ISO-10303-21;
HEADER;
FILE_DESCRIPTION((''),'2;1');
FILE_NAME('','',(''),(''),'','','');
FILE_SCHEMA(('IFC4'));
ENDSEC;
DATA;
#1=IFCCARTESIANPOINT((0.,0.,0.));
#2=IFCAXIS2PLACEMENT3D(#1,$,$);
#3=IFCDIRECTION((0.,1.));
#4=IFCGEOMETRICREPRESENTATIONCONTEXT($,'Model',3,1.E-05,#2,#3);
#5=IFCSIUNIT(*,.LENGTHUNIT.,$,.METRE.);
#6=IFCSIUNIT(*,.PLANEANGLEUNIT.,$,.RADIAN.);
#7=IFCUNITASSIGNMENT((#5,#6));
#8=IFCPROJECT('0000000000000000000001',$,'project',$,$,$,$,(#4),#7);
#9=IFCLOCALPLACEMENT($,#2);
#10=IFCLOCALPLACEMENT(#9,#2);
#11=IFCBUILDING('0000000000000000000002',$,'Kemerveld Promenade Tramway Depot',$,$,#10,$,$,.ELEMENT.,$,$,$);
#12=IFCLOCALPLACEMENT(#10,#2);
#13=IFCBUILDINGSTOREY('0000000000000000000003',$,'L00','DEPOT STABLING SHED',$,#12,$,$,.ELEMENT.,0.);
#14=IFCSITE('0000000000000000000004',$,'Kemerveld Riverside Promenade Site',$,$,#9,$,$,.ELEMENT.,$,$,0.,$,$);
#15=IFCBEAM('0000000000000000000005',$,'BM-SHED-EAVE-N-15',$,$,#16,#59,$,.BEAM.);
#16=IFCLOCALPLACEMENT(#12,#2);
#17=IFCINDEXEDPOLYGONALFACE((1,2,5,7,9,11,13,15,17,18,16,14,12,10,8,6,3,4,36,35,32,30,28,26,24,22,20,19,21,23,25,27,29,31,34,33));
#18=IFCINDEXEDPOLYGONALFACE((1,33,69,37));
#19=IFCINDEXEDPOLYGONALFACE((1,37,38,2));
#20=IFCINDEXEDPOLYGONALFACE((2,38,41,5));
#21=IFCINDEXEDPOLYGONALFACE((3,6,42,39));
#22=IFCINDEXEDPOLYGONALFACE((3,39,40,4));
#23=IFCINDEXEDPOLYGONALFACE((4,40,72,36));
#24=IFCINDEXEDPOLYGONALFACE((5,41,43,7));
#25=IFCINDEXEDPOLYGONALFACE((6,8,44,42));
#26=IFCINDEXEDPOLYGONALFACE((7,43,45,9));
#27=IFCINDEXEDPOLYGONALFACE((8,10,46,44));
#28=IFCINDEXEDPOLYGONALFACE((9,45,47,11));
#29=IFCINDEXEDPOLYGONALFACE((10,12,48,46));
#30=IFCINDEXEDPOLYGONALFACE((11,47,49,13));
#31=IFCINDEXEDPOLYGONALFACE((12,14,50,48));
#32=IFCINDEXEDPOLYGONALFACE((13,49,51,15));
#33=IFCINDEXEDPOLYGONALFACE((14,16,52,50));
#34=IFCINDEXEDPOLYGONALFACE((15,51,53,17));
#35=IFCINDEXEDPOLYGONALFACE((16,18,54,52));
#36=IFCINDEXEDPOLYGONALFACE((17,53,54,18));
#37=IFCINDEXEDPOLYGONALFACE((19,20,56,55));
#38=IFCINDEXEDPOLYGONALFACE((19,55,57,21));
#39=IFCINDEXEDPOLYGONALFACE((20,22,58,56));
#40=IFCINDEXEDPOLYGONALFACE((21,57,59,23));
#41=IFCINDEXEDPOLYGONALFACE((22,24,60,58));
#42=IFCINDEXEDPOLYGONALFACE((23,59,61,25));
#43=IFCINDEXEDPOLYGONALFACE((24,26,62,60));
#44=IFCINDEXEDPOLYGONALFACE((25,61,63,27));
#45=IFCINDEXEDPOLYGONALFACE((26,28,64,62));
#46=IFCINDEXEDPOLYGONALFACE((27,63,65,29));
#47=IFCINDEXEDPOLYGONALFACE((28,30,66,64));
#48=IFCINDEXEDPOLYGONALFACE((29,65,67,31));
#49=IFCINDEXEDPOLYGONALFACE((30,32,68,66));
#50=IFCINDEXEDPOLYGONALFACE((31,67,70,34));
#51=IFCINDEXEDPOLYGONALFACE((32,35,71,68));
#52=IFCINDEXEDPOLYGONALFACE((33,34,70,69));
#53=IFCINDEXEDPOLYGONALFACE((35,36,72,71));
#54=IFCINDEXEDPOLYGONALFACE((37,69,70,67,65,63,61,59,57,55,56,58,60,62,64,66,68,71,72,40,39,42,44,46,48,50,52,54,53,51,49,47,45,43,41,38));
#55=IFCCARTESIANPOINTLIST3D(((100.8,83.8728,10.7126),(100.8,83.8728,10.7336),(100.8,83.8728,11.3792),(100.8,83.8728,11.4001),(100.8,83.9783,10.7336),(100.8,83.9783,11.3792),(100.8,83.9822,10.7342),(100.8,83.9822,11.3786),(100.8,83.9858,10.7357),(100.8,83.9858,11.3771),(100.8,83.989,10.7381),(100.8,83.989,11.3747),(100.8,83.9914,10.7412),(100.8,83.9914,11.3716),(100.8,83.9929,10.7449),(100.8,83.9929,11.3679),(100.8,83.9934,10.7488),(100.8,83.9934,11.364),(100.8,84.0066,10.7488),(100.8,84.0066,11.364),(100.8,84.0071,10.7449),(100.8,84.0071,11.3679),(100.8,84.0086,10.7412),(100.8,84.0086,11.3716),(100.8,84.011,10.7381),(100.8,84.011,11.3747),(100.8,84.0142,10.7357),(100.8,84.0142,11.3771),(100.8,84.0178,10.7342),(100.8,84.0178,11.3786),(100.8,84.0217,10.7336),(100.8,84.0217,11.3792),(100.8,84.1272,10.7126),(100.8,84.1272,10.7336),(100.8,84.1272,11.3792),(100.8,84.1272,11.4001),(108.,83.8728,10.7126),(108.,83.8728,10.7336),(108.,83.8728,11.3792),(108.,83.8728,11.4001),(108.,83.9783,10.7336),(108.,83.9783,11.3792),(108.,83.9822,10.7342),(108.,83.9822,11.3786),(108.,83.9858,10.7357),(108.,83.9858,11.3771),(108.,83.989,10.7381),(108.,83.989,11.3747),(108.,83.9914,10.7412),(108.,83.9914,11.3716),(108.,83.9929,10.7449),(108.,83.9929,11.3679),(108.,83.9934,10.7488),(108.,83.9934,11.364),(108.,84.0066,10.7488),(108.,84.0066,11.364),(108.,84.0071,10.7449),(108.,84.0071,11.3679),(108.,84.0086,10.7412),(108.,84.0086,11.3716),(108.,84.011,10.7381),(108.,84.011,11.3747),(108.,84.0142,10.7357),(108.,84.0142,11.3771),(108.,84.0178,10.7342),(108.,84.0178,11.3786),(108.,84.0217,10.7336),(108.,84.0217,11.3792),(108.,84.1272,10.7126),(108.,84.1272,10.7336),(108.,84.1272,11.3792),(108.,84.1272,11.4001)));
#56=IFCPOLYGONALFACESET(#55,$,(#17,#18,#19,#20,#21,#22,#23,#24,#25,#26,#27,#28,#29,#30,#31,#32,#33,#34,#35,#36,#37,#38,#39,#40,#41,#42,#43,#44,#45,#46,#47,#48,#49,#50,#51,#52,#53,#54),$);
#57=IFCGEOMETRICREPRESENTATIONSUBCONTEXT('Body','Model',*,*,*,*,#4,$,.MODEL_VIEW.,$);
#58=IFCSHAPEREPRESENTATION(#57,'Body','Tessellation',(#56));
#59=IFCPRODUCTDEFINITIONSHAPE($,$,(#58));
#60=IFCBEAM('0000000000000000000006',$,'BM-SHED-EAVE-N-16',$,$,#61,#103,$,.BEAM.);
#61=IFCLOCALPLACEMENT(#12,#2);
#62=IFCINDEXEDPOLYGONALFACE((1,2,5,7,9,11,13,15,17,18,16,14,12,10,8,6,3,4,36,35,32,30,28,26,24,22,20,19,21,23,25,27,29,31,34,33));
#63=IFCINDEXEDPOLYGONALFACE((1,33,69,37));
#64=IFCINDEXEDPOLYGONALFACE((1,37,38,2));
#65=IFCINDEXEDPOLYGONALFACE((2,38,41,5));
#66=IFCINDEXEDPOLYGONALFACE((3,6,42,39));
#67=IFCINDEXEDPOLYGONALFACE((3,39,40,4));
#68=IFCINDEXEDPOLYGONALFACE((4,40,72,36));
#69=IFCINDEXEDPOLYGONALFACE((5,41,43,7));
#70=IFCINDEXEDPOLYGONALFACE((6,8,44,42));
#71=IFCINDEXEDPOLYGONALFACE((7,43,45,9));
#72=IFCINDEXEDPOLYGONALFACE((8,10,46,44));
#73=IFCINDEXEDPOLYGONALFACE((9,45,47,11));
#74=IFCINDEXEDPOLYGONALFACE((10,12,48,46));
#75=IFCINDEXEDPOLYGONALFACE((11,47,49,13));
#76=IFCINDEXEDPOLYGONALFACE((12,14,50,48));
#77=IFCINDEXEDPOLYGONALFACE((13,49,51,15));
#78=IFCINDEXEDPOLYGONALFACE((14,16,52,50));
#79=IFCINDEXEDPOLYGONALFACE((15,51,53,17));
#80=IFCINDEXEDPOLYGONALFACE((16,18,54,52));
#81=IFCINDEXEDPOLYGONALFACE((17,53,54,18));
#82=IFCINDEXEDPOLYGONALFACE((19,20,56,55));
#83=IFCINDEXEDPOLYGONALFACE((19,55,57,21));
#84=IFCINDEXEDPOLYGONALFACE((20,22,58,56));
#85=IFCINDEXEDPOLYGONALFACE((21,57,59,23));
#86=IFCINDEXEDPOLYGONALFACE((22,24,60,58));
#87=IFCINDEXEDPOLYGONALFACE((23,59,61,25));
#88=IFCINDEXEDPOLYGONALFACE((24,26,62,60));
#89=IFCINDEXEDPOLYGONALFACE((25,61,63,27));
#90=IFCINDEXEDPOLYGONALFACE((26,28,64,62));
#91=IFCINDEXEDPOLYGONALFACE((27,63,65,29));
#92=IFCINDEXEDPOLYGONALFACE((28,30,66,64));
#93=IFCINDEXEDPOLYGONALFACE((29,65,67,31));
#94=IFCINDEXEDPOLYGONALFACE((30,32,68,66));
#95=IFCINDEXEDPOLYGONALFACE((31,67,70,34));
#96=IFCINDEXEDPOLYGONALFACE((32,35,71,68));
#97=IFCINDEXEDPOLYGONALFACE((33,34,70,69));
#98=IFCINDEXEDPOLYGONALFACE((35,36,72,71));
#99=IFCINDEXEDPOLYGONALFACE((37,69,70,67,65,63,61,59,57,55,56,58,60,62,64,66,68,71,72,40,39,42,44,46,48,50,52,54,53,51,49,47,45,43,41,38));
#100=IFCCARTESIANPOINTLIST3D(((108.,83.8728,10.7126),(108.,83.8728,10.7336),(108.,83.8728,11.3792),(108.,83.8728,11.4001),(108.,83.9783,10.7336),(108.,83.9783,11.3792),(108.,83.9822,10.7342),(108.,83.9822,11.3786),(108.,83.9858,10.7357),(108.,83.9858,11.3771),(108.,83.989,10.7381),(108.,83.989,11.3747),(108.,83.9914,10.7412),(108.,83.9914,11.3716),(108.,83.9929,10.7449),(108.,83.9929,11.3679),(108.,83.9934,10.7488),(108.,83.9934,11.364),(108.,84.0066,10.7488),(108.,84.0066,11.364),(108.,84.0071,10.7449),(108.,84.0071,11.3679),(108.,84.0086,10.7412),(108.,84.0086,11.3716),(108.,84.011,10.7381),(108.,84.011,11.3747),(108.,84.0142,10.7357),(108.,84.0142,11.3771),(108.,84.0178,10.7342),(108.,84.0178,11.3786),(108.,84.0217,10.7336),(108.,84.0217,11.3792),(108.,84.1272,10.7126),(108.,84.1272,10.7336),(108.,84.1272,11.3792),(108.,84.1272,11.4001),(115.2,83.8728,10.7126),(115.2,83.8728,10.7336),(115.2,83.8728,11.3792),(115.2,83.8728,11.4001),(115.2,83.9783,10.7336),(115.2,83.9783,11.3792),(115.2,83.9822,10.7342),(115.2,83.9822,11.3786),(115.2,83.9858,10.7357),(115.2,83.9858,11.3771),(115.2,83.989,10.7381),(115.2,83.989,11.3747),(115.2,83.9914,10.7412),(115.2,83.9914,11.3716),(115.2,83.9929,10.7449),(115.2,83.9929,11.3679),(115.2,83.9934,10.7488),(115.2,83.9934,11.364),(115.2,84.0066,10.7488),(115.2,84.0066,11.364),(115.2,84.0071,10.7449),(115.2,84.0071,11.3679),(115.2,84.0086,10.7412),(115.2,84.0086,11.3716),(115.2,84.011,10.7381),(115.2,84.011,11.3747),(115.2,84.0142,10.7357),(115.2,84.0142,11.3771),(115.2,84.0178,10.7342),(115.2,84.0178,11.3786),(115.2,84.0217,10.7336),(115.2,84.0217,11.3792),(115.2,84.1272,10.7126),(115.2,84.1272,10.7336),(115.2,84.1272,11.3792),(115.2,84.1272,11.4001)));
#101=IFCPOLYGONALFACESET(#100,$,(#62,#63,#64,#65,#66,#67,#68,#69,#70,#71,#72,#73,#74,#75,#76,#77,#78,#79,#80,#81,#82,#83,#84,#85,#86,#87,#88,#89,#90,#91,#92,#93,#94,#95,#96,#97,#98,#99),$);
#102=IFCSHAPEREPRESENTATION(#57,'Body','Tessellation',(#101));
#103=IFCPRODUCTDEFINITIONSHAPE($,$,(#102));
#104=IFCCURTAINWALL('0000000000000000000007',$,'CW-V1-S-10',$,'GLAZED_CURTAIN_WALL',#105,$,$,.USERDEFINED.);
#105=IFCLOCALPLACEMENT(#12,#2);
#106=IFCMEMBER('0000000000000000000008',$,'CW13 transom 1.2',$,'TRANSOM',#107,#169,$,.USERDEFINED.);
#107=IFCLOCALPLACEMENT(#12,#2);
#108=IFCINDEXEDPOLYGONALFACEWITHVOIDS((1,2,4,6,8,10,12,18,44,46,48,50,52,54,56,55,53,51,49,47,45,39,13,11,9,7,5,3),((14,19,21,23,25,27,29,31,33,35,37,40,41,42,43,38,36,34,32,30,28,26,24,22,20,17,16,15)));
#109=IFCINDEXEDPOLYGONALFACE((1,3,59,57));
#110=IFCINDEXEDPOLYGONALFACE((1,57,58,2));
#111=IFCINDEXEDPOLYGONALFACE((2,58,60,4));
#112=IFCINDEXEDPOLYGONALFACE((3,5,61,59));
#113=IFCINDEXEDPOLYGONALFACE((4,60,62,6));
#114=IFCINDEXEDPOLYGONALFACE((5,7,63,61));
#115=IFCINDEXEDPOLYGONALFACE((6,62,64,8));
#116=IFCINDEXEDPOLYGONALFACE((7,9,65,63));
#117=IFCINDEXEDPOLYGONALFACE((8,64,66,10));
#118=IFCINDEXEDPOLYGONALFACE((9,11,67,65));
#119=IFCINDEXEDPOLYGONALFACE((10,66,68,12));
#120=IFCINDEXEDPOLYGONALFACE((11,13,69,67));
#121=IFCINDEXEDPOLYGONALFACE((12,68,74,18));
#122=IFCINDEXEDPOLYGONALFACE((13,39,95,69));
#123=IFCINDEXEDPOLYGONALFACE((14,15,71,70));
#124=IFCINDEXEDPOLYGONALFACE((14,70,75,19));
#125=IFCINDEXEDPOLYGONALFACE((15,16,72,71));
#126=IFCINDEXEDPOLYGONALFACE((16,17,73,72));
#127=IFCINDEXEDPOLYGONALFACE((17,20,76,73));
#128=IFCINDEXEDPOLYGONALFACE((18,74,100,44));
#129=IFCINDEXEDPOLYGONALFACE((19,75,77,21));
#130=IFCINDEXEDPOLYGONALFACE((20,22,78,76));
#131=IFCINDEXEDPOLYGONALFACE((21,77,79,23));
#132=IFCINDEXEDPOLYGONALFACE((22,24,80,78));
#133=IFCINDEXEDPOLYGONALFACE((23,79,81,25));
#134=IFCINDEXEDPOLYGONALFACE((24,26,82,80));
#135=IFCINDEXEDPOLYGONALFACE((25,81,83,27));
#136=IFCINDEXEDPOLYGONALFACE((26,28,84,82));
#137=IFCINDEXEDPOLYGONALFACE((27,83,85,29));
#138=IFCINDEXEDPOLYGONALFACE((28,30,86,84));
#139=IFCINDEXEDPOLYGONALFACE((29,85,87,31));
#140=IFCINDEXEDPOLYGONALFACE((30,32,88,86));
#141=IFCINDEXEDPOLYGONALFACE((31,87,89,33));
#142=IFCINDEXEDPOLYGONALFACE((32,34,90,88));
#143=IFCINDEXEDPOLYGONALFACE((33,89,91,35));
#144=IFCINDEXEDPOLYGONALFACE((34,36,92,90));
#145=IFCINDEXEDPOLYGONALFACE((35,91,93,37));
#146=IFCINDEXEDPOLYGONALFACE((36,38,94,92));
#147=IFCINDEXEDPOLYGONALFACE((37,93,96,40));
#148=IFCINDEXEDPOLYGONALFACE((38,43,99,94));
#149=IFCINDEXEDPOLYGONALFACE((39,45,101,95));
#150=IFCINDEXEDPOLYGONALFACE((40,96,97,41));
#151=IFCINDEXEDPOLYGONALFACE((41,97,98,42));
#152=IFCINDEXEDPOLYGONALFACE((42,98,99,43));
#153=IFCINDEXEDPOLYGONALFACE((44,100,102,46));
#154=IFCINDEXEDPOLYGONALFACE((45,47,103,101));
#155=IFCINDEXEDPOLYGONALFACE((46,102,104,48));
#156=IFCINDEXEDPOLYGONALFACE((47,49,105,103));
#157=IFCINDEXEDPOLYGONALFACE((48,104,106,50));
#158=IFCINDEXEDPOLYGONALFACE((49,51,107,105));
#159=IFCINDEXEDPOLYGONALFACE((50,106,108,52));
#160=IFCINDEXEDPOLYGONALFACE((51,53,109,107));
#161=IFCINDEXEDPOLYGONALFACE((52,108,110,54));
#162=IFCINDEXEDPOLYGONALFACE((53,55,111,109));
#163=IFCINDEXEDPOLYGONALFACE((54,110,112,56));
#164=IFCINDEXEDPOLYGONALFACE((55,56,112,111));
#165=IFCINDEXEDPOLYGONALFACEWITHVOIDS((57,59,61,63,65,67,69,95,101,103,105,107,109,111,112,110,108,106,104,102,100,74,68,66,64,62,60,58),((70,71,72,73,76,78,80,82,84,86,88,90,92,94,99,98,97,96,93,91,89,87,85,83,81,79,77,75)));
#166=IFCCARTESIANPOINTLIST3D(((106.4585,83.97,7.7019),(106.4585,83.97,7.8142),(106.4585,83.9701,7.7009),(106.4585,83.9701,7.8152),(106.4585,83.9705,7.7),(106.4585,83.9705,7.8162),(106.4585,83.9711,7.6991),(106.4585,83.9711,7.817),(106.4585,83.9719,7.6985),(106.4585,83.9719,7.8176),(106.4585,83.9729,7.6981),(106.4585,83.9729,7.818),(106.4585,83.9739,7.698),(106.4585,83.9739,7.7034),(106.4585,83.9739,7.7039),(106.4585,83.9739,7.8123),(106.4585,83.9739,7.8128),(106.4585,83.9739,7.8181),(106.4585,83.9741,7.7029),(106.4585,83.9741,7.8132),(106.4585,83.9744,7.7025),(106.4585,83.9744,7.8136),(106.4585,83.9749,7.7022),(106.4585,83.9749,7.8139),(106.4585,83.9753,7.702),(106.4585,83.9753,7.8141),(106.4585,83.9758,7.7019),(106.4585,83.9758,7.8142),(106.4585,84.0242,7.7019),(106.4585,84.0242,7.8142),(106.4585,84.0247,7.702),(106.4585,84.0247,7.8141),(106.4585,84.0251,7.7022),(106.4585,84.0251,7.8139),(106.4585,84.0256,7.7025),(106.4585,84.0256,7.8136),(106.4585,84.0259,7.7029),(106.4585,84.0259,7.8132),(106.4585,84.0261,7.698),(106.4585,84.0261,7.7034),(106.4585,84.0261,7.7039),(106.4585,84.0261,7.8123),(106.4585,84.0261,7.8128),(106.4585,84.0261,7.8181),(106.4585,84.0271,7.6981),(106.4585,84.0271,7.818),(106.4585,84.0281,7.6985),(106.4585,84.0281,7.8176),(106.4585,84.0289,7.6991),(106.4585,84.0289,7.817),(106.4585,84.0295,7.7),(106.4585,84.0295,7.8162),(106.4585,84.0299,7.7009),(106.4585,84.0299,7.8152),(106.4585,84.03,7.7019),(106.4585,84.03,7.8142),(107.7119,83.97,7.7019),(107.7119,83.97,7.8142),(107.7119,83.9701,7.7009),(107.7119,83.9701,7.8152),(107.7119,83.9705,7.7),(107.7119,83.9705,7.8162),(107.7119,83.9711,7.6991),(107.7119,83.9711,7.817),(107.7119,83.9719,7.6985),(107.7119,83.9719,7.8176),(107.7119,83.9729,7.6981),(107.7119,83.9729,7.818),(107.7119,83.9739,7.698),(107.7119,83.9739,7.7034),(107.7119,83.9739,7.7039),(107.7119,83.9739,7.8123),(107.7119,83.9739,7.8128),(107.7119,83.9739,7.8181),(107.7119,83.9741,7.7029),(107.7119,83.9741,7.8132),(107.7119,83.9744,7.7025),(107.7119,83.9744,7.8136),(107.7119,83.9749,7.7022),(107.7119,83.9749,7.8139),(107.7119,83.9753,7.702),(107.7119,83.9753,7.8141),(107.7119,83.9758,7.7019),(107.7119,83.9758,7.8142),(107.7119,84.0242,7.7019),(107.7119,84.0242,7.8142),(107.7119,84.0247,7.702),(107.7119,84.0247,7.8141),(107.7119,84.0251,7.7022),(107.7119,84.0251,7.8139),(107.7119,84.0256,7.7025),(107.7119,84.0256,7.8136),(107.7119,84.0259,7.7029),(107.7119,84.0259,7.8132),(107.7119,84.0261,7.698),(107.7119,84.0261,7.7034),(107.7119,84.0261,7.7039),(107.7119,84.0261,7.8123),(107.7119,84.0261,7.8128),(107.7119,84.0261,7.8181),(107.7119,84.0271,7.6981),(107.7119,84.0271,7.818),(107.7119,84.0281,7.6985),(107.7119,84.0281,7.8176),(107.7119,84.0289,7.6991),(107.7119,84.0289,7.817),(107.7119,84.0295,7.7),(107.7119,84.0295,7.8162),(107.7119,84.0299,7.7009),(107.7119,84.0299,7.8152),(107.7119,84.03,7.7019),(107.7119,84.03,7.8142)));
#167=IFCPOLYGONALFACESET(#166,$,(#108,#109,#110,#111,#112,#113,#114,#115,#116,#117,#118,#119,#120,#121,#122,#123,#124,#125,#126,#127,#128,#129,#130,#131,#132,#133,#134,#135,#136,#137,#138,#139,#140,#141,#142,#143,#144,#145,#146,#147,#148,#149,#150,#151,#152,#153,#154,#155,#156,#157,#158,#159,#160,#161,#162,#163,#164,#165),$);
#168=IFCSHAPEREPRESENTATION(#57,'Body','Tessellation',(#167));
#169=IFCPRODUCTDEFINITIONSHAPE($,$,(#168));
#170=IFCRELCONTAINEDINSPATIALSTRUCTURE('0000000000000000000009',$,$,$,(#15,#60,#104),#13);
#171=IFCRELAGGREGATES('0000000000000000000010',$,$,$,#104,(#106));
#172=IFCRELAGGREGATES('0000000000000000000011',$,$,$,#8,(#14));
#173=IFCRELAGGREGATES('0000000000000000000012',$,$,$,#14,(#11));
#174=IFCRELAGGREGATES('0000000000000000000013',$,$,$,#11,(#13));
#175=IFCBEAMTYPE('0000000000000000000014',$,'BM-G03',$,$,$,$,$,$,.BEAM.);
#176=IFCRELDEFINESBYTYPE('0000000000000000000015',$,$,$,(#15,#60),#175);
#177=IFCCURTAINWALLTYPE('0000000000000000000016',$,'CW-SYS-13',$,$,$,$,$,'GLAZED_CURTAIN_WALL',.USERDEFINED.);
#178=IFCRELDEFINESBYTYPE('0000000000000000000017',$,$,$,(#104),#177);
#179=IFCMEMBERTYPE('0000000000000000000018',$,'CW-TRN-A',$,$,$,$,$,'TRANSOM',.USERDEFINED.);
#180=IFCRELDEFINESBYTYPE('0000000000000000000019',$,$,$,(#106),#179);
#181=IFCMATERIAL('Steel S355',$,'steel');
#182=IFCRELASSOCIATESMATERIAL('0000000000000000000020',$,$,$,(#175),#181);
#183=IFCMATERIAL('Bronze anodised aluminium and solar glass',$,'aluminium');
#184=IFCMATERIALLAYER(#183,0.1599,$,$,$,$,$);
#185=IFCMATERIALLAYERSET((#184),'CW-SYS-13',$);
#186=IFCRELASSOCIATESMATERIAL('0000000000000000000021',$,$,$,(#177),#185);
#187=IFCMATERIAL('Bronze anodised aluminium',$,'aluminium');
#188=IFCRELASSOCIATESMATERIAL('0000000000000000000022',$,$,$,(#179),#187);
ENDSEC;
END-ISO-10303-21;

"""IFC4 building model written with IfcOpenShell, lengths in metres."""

from ifc_helpers import new_model, si_unit, direction, frame, origin, origin_2d, place, context, subcontext, project, spatial, hollow_rectangle, i_section, extrude, material, layer, layer_set, material_profile, profile_set, type_object, element, aggregate, save


model = new_model("IFC4")

# Units and contexts
model_context = context("Model", 3, precision=1e-05, world=origin(), true_north=direction((0.0, 1.0)))
body_context = subcontext(model_context, "Body", "Model", "MODEL_VIEW")
ifc_project = project(units=[si_unit("LENGTHUNIT", "METRE"), si_unit("PLANEANGLEUNIT", "RADIAN")], contexts=[model_context])

# Site, building, storey
site_placement = place(None, origin())
site = spatial("IfcSite", under=ifc_project, at=site_placement, Name="Kemerveld Riverside Promenade Site", CompositionType="ELEMENT", RefElevation=0.0)
building_placement = place(site_placement, origin())
building = spatial("IfcBuilding", under=site, at=building_placement, Name="Kemerveld Promenade Tramway Depot", CompositionType="ELEMENT")
storey_placement = place(building_placement, origin())
storey = spatial("IfcBuildingStorey", under=building, at=storey_placement, Name="L00", Description="DEPOT STABLING SHED", CompositionType="ELEMENT", Elevation=0.0)

# Beams
ifc_material_1 = material(Name="Steel S355", Category="steel")
ifc_material_profile_1 = material_profile(ifc_material_1, i_section(OverallWidth=0.2544, OverallDepth=0.6875, WebThickness=0.0132, FlangeThickness=0.021, FilletRadius=0.0151, at=origin_2d()), Name="686x254x152 UB")
ifc_profile_set_1 = profile_set([ifc_material_profile_1], Name="Steel S355")
beam_type = type_object("IfcBeamType", Name="BM-G03", PredefinedType="BEAM", material=ifc_profile_set_1)
for number, where, z_axis, x_axis, name in (
    (1, (100.8, 84.0, 11.0564), (1.0, 0.0, 0.0), (0.0, 1.0, 0.0), "BM-SHED-EAVE-N-15"),
    (2, (108.0, 84.0, 11.0564), (1.0, 0.0, 0.0), (0.0, 1.0, 0.0), "BM-SHED-EAVE-N-16"),
):
    element("IfcBeam", number, at=place(storey_placement, frame(where, z_axis=z_axis, x_axis=x_axis)), inside=storey, type_object=beam_type, Name=name, PredefinedType="BEAM", context=body_context, shape_type="SweptSolid", body=[
        extrude(i_section(OverallWidth=0.2544, OverallDepth=0.6875, WebThickness=0.0132, FlangeThickness=0.021, FilletRadius=0.0151, at=origin_2d()), origin(), (0.0, 0.0, 1.0), 7.2),
    ])

# Curtain wall, member
ifc_material_2 = material(Name="Bronze anodised aluminium and solar glass", Category="aluminium")
ifc_layer_1 = layer(ifc_material_2, 0.1599)
ifc_layer_set_1 = layer_set([ifc_layer_1], Name="CW-SYS-13")
curtain_wall_type_1 = type_object("IfcCurtainWallType", Name="CW-SYS-13", ElementType="GLAZED_CURTAIN_WALL", PredefinedType="USERDEFINED", material=ifc_layer_set_1)
curtain_wall_1_placement = place(storey_placement, origin())
curtain_wall_1 = element("IfcCurtainWall", 3, at=curtain_wall_1_placement, inside=storey, type_object=curtain_wall_type_1, Name="CW-V1-S-10", ObjectType="GLAZED_CURTAIN_WALL", PredefinedType="USERDEFINED")
ifc_material_3 = material(Name="Bronze anodised aluminium", Category="aluminium")
ifc_material_profile_2 = material_profile(ifc_material_3, hollow_rectangle(XDim=0.0601, YDim=0.1201, WallThickness=0.0039, InnerFilletRadius=0.002, OuterFilletRadius=0.0039, at=origin_2d()), Name="CW-TRN-120x60")
ifc_profile_set_2 = profile_set([ifc_material_profile_2], Name="Bronze anodised aluminium")
member_type_1 = type_object("IfcMemberType", Name="CW-TRN-A", ElementType="TRANSOM", PredefinedType="USERDEFINED", material=ifc_profile_set_2)
member_1_placement = place(storey_placement, frame((107.7119, 84.0, 7.7581), z_axis=(-1.0, 0.0, 0.0), x_axis=(0.0, -1.0, 0.0)))
member_1 = element("IfcMember", 4, at=member_1_placement, type_object=member_type_1, Name="CW13 transom 1.2", ObjectType="TRANSOM", PredefinedType="USERDEFINED", context=body_context, shape_type="SweptSolid", body=[
    extrude(hollow_rectangle(XDim=0.0601, YDim=0.1201, WallThickness=0.0039, InnerFilletRadius=0.002, OuterFilletRadius=0.0039, at=origin_2d()), origin(), (0.0, 0.0, 1.0), 1.2534),
])

aggregate(curtain_wall_1, [member_1])

save(model, "model.ifc")
